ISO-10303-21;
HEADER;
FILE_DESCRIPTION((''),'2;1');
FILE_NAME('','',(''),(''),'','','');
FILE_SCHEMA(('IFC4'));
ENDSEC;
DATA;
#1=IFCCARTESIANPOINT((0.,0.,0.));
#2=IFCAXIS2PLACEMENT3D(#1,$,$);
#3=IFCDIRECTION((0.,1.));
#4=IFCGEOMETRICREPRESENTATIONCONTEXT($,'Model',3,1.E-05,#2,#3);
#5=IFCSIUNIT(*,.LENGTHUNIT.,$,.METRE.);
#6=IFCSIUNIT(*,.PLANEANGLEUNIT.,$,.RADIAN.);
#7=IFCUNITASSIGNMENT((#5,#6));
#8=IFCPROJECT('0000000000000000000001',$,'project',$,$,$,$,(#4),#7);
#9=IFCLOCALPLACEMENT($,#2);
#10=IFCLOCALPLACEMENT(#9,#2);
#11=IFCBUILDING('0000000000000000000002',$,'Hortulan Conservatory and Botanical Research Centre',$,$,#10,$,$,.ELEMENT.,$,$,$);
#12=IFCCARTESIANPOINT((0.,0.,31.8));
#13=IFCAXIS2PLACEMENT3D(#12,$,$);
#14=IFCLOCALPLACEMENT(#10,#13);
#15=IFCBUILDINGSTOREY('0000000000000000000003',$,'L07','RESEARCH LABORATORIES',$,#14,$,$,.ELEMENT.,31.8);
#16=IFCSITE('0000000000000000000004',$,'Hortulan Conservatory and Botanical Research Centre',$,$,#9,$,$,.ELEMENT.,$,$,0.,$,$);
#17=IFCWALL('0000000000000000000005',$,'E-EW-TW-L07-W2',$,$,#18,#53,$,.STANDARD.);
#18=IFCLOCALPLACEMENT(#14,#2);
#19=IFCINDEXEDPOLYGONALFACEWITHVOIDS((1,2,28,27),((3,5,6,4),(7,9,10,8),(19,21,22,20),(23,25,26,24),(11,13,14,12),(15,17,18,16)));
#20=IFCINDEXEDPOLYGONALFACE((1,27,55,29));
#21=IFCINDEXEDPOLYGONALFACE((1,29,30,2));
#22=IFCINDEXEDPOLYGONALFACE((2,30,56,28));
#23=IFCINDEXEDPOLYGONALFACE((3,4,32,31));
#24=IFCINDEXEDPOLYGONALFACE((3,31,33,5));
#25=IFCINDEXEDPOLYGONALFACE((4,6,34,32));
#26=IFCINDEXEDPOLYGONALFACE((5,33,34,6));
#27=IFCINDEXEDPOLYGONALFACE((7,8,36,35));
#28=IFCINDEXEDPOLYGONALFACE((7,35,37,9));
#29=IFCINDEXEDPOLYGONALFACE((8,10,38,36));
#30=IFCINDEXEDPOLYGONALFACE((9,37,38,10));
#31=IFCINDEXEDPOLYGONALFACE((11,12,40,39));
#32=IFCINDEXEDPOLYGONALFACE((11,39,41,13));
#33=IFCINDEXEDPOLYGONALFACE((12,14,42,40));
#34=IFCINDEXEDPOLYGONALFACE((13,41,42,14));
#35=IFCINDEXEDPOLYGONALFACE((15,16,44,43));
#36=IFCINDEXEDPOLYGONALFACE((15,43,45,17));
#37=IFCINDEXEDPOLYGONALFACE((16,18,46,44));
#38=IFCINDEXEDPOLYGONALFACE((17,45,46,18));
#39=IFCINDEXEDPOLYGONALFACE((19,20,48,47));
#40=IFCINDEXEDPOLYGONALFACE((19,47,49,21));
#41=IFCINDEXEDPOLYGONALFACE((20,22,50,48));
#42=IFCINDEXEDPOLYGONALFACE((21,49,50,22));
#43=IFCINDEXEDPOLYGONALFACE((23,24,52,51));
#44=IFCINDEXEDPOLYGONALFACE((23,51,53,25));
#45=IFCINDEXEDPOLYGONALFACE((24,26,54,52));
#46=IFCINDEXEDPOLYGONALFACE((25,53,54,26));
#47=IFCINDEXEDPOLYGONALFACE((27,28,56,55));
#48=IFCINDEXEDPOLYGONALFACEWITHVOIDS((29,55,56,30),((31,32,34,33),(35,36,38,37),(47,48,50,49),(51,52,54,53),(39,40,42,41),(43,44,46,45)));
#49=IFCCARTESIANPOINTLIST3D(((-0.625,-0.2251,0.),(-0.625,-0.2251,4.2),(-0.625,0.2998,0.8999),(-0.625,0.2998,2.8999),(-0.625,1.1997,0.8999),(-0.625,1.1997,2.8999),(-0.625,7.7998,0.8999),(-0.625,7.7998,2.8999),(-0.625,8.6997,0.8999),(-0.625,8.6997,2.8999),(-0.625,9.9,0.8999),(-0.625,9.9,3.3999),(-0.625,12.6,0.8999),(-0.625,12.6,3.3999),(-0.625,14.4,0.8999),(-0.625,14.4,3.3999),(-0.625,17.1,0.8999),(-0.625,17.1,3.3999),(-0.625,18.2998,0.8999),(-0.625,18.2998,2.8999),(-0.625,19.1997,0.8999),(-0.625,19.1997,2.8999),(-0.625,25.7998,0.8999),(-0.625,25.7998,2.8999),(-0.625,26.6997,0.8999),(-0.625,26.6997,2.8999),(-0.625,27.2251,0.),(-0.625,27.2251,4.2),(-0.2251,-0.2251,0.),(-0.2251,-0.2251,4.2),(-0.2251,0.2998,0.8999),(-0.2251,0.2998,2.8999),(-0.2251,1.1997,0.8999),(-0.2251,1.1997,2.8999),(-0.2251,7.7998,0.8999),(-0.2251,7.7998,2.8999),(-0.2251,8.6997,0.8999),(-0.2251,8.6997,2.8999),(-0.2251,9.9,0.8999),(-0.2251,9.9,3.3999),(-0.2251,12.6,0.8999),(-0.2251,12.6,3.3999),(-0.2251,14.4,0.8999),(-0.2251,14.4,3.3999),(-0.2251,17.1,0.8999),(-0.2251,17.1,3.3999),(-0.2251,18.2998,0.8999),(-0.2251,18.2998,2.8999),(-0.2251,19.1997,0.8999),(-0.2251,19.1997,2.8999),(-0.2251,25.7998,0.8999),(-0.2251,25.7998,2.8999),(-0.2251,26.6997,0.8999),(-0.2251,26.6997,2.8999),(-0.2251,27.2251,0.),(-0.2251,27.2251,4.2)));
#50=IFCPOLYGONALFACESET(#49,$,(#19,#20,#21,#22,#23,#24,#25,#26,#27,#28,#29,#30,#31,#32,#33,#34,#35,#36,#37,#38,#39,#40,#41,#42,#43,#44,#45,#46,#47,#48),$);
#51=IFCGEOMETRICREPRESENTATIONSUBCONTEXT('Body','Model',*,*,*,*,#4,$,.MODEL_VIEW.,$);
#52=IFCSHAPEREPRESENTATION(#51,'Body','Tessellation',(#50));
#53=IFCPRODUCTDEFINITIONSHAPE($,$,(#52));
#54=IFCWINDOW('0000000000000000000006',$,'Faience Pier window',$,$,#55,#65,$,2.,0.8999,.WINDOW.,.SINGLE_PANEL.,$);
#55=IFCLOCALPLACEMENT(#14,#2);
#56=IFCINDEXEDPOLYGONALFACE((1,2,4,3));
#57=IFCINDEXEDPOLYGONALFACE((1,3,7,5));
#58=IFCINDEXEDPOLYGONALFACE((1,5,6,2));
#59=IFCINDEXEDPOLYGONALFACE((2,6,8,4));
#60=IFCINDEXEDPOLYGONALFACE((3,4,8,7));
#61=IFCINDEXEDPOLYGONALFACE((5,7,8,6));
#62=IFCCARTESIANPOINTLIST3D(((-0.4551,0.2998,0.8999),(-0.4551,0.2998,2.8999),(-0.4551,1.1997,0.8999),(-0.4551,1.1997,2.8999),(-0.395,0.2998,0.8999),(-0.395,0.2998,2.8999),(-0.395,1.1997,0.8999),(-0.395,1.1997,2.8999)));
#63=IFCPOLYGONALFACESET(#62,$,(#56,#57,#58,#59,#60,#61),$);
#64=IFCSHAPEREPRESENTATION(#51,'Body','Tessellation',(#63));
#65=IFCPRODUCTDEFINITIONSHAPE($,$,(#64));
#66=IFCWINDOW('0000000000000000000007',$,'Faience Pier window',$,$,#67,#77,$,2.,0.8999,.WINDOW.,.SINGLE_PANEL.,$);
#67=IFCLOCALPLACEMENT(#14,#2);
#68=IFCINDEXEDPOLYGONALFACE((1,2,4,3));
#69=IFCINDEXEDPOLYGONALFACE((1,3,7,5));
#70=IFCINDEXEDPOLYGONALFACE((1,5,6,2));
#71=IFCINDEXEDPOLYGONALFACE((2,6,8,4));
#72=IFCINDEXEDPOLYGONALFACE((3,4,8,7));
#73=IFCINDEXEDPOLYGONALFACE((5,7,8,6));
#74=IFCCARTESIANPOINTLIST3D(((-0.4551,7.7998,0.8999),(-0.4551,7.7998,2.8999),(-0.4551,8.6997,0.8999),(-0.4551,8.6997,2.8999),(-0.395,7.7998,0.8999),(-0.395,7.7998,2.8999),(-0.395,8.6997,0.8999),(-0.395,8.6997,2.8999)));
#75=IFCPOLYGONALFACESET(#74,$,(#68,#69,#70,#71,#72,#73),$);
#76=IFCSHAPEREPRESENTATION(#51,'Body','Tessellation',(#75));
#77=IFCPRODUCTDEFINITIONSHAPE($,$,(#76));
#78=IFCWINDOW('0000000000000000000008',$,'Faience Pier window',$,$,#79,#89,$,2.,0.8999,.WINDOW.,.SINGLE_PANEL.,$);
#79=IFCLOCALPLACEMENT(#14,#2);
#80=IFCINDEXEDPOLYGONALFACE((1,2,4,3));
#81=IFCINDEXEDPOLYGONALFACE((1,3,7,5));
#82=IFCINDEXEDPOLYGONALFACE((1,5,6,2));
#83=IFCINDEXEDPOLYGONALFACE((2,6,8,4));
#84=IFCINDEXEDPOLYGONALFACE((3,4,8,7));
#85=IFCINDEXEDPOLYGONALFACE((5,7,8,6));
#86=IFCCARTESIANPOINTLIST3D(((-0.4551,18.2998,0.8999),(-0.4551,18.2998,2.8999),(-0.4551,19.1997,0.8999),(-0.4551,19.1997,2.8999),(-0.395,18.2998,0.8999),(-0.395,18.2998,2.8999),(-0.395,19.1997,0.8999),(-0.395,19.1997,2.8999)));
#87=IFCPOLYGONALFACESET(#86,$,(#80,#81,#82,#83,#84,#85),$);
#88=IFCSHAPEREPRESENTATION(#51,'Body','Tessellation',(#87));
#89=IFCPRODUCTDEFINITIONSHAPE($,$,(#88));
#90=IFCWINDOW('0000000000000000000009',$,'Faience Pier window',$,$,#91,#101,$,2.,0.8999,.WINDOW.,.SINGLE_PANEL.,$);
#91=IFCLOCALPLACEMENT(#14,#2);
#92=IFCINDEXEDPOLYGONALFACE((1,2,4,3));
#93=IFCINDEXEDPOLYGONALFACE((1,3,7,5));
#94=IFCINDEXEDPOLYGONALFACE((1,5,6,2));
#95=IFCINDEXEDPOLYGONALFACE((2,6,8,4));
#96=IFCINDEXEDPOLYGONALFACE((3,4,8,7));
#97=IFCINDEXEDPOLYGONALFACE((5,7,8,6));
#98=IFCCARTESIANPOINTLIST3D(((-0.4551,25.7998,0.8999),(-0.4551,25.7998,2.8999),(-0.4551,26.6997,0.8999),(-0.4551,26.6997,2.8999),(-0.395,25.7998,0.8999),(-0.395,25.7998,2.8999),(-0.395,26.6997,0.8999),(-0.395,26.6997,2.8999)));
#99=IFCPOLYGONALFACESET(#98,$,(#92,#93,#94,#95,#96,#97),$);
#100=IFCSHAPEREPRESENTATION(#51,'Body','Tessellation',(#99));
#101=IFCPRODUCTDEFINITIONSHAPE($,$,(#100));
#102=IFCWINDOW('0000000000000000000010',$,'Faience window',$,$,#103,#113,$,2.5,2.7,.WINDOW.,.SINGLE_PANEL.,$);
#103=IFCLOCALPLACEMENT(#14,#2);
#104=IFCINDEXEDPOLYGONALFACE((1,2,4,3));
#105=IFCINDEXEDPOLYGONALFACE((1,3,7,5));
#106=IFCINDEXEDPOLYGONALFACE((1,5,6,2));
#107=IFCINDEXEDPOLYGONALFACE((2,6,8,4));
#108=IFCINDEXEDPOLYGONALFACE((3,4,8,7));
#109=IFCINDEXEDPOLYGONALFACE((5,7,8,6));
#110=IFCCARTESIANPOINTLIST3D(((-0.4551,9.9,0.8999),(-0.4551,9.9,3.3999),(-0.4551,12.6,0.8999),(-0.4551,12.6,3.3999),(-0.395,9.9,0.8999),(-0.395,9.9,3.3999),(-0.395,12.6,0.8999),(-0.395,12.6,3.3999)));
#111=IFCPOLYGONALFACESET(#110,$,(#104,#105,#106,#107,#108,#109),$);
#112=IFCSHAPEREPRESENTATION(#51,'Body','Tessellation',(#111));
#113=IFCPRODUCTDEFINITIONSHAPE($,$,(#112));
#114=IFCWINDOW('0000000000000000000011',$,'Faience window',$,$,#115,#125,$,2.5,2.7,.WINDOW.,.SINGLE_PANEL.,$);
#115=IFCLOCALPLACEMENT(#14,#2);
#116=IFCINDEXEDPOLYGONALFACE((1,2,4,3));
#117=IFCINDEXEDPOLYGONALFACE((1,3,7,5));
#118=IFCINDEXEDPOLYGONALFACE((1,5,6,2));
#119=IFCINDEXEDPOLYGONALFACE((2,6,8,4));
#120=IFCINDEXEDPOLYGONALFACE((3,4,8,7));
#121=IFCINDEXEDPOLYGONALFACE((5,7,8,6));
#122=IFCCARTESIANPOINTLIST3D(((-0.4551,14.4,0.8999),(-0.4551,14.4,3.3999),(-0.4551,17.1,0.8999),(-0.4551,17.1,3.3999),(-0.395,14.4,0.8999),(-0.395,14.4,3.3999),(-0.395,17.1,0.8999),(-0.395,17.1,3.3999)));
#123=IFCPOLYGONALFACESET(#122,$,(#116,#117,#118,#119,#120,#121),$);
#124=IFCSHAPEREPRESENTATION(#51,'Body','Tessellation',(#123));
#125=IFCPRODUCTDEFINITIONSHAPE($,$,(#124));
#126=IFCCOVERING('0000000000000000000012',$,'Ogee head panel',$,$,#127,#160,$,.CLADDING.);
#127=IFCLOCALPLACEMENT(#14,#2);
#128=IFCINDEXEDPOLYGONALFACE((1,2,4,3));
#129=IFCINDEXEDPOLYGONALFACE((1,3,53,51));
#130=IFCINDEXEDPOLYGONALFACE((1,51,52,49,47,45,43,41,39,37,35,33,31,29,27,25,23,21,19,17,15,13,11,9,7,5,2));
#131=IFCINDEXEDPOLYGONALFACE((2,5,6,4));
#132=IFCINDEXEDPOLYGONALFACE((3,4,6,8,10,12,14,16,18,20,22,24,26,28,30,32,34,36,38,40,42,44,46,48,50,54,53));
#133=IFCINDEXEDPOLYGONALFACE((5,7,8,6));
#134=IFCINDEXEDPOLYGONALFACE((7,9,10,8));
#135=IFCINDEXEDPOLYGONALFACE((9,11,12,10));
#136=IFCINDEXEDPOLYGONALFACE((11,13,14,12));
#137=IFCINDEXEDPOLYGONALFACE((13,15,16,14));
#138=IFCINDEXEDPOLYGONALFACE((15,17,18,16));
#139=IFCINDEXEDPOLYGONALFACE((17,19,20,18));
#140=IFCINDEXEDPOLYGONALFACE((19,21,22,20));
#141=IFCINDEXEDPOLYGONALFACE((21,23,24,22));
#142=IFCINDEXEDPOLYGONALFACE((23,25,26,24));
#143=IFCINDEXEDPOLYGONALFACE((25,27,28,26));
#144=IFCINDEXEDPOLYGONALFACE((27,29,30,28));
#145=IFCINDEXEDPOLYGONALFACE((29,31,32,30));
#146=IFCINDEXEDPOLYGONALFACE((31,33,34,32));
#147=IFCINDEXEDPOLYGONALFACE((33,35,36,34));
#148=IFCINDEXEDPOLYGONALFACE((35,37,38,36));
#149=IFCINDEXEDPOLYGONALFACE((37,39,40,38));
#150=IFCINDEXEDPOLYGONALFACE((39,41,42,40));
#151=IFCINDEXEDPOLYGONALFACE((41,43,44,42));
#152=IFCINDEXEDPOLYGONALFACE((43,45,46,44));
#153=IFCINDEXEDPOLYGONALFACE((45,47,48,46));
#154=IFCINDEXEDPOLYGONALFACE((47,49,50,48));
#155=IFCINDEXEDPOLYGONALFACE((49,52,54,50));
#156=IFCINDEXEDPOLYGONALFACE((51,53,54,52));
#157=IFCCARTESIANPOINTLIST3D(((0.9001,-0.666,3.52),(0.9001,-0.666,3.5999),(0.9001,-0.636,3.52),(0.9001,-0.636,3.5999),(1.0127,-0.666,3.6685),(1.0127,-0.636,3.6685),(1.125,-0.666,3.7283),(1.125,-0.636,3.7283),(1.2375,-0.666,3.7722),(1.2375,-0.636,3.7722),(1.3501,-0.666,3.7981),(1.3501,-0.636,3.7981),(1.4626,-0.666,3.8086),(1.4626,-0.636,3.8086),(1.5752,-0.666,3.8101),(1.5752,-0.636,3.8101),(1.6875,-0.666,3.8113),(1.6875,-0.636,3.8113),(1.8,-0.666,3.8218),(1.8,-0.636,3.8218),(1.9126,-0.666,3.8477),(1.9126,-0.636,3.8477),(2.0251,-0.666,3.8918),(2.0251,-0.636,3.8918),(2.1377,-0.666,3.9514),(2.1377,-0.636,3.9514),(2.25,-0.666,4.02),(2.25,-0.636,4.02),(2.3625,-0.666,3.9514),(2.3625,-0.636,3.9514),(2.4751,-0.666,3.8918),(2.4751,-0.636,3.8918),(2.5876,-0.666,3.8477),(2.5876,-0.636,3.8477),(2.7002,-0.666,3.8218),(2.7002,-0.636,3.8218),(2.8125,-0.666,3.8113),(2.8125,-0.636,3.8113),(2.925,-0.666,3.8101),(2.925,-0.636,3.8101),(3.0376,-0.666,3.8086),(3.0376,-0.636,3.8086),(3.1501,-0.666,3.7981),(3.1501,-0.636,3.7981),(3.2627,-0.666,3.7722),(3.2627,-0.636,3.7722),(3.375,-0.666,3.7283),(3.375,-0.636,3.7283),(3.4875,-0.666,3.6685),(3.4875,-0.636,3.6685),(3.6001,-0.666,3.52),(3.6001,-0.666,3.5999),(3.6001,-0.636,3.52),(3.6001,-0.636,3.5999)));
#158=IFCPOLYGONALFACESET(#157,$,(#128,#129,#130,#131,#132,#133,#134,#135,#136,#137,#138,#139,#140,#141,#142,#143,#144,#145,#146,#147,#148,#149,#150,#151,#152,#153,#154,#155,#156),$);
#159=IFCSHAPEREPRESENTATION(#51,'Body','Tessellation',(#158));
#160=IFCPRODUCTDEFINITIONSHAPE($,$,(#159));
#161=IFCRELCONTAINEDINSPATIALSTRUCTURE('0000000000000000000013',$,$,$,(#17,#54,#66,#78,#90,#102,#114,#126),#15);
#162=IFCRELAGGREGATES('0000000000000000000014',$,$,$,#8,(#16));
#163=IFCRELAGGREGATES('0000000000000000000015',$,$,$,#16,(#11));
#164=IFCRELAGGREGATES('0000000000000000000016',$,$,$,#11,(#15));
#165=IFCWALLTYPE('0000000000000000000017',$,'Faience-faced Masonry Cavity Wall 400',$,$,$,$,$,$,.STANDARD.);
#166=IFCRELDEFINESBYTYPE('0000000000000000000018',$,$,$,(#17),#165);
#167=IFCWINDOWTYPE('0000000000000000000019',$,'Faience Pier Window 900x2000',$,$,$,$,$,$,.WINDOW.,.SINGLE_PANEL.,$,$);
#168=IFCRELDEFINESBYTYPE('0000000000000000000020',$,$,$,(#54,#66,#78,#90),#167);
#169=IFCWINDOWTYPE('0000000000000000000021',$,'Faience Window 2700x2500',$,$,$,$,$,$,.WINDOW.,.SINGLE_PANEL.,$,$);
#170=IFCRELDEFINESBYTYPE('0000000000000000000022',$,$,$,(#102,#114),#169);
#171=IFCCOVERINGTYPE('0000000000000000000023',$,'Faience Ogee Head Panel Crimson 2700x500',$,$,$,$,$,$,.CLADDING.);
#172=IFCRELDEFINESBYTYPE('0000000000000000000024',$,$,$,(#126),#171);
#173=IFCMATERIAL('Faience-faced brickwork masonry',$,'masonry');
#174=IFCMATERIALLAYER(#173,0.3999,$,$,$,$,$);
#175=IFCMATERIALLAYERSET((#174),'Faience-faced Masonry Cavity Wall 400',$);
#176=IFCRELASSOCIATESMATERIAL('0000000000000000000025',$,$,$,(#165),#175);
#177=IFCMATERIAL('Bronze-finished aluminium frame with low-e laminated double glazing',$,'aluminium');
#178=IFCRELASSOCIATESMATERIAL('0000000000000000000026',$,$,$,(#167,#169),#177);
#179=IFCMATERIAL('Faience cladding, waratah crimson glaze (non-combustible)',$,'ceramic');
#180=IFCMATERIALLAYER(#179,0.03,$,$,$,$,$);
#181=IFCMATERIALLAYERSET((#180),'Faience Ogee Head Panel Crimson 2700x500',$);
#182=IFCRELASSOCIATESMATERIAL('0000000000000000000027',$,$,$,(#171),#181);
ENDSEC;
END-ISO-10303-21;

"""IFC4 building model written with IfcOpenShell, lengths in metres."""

from ifc_helpers import new_model, si_unit, direction, frame, frame_2d, origin, place, context, subcontext, project, spatial, polyline, rectangle, outline, extrude, material, layer, layer_set, type_object, element, fill, save


model = new_model("IFC4")

# Units and contexts
model_context = context("Model", 3, precision=1e-05, world=origin(), true_north=direction((0.0, 1.0)))
body_context = subcontext(model_context, "Body", "Model", "MODEL_VIEW")
ifc_project = project(units=[si_unit("LENGTHUNIT", "METRE"), si_unit("PLANEANGLEUNIT", "RADIAN")], contexts=[model_context])

# Site, building, storey
site_placement = place(None, origin())
site = spatial("IfcSite", under=ifc_project, at=site_placement, Name="Hortulan Conservatory and Botanical Research Centre", CompositionType="ELEMENT", RefElevation=0.0)
building_placement = place(site_placement, origin())
building = spatial("IfcBuilding", under=site, at=building_placement, Name="Hortulan Conservatory and Botanical Research Centre", CompositionType="ELEMENT")
storey_placement = place(building_placement, frame((0.0, 0.0, 31.8)))
storey = spatial("IfcBuildingStorey", under=building, at=storey_placement, Name="L07", Description="RESEARCH LABORATORIES", CompositionType="ELEMENT", Elevation=31.8)

# Wall, openings, windows
ifc_material_1 = material(Name="Faience-faced brickwork masonry", Category="masonry")
ifc_layer_1 = layer(ifc_material_1, 0.3999)
ifc_layer_set_1 = layer_set([ifc_layer_1], Name="Faience-faced Masonry Cavity Wall 400")
wall_type = type_object("IfcWallType", Name="Faience-faced Masonry Cavity Wall 400", PredefinedType="STANDARD", material=ifc_layer_set_1)
wall_placement = place(storey_placement, frame((-0.425, -0.2251, 0.0), z_axis=(0.0, 0.0, 1.0), x_axis=(0.0, 1.0, 0.0)))
wall = element("IfcWall", 1, at=wall_placement, inside=storey, type_object=wall_type, Name="E-EW-TW-L07-W2", PredefinedType="STANDARD", context=body_context, shape_type="SweptSolid", body=[
    extrude(rectangle(XDim=27.4502, YDim=0.3999, at=frame_2d((13.7251, 0.0))), origin(), (0.0, 0.0, 1.0), 4.2),
])
opening_1_placement = place(wall_placement, frame((0.5249, 0.0, 0.8999)))
opening_1 = element("IfcOpeningElement", 2, at=opening_1_placement, cuts=wall, PredefinedType="OPENING", context=body_context, shape_type="SweptSolid", body=[
    extrude(rectangle(XDim=0.8999, YDim=2.0, at=frame_2d((0.45, 1.0))), frame((0.0, 0.21, 0.0), z_axis=(0.0, -1.0, 0.0), x_axis=(1.0, 0.0, 0.0)), (0.0, 0.0, 1.0), 0.4199),
])
opening_2_placement = place(wall_placement, frame((8.0249, 0.0, 0.8999)))
opening_2 = element("IfcOpeningElement", 3, at=opening_2_placement, cuts=wall, PredefinedType="OPENING", context=body_context, shape_type="SweptSolid", body=[
    extrude(rectangle(XDim=0.8999, YDim=2.0, at=frame_2d((0.45, 1.0))), frame((0.0, 0.21, 0.0), z_axis=(0.0, -1.0, 0.0), x_axis=(1.0, 0.0, 0.0)), (0.0, 0.0, 1.0), 0.4199),
])
opening_3_placement = place(wall_placement, frame((10.125, 0.0, 0.8999)))
opening_3 = element("IfcOpeningElement", 4, at=opening_3_placement, cuts=wall, PredefinedType="OPENING", context=body_context, shape_type="SweptSolid", body=[
    extrude(rectangle(XDim=2.7, YDim=2.5, at=frame_2d((1.3501, 1.25))), frame((0.0, 0.21, 0.0), z_axis=(0.0, -1.0, 0.0), x_axis=(1.0, 0.0, 0.0)), (0.0, 0.0, 1.0), 0.4199),
])
opening_4_placement = place(wall_placement, frame((14.625, 0.0, 0.8999)))
opening_4 = element("IfcOpeningElement", 5, at=opening_4_placement, cuts=wall, PredefinedType="OPENING", context=body_context, shape_type="SweptSolid", body=[
    extrude(rectangle(XDim=2.7, YDim=2.5, at=frame_2d((1.3501, 1.25))), frame((0.0, 0.21, 0.0), z_axis=(0.0, -1.0, 0.0), x_axis=(1.0, 0.0, 0.0)), (0.0, 0.0, 1.0), 0.4199),
])
opening_5_placement = place(wall_placement, frame((18.5249, 0.0, 0.8999)))
opening_5 = element("IfcOpeningElement", 6, at=opening_5_placement, cuts=wall, PredefinedType="OPENING", context=body_context, shape_type="SweptSolid", body=[
    extrude(rectangle(XDim=0.8999, YDim=2.0, at=frame_2d((0.45, 1.0))), frame((0.0, 0.21, 0.0), z_axis=(0.0, -1.0, 0.0), x_axis=(1.0, 0.0, 0.0)), (0.0, 0.0, 1.0), 0.4199),
])
opening_6_placement = place(wall_placement, frame((26.0249, 0.0, 0.8999)))
opening_6 = element("IfcOpeningElement", 7, at=opening_6_placement, cuts=wall, PredefinedType="OPENING", context=body_context, shape_type="SweptSolid", body=[
    extrude(rectangle(XDim=0.8999, YDim=2.0, at=frame_2d((0.45, 1.0))), frame((0.0, 0.21, 0.0), z_axis=(0.0, -1.0, 0.0), x_axis=(1.0, 0.0, 0.0)), (0.0, 0.0, 1.0), 0.4199),
])
ifc_material_2 = material(Name="Bronze-finished aluminium frame with low-e laminated double glazing", Category="aluminium")
window_type_1 = type_object("IfcWindowType", Name="Faience Pier Window 900x2000", PartitioningType="SINGLE_PANEL", PredefinedType="WINDOW", material=ifc_material_2)
window_1_placement = place(opening_1_placement, origin())
window_1 = element("IfcWindow", 8, at=window_1_placement, inside=storey, type_object=window_type_1, Name="Faience Pier window", OverallHeight=2.0, OverallWidth=0.8999, PartitioningType="SINGLE_PANEL", PredefinedType="WINDOW", context=body_context, shape_type="SweptSolid", body=[
    extrude(rectangle(XDim=0.8999, YDim=2.0, at=frame_2d((0.45, 1.0))), frame((0.0, 0.03, 0.0), z_axis=(0.0, -1.0, 0.0), x_axis=(1.0, 0.0, 0.0)), (0.0, 0.0, 1.0), 0.0601),
])
fill(opening_1, window_1)
window_2_placement = place(opening_2_placement, origin())
window_2 = element("IfcWindow", 9, at=window_2_placement, inside=storey, type_object=window_type_1, Name="Faience Pier window", OverallHeight=2.0, OverallWidth=0.8999, PartitioningType="SINGLE_PANEL", PredefinedType="WINDOW", context=body_context, shape_type="SweptSolid", body=[
    extrude(rectangle(XDim=0.8999, YDim=2.0, at=frame_2d((0.45, 1.0))), frame((0.0, 0.03, 0.0), z_axis=(0.0, -1.0, 0.0), x_axis=(1.0, 0.0, 0.0)), (0.0, 0.0, 1.0), 0.0601),
])
fill(opening_2, window_2)
window_3_placement = place(opening_5_placement, origin())
window_3 = element("IfcWindow", 10, at=window_3_placement, inside=storey, type_object=window_type_1, Name="Faience Pier window", OverallHeight=2.0, OverallWidth=0.8999, PartitioningType="SINGLE_PANEL", PredefinedType="WINDOW", context=body_context, shape_type="SweptSolid", body=[
    extrude(rectangle(XDim=0.8999, YDim=2.0, at=frame_2d((0.45, 1.0))), frame((0.0, 0.03, 0.0), z_axis=(0.0, -1.0, 0.0), x_axis=(1.0, 0.0, 0.0)), (0.0, 0.0, 1.0), 0.0601),
])
fill(opening_5, window_3)
window_4_placement = place(opening_6_placement, origin())
window_4 = element("IfcWindow", 11, at=window_4_placement, inside=storey, type_object=window_type_1, Name="Faience Pier window", OverallHeight=2.0, OverallWidth=0.8999, PartitioningType="SINGLE_PANEL", PredefinedType="WINDOW", context=body_context, shape_type="SweptSolid", body=[
    extrude(rectangle(XDim=0.8999, YDim=2.0, at=frame_2d((0.45, 1.0))), frame((0.0, 0.03, 0.0), z_axis=(0.0, -1.0, 0.0), x_axis=(1.0, 0.0, 0.0)), (0.0, 0.0, 1.0), 0.0601),
])
fill(opening_6, window_4)
window_type_2 = type_object("IfcWindowType", Name="Faience Window 2700x2500", PartitioningType="SINGLE_PANEL", PredefinedType="WINDOW", material=ifc_material_2)
window_5_placement = place(opening_3_placement, origin())
window_5 = element("IfcWindow", 12, at=window_5_placement, inside=storey, type_object=window_type_2, Name="Faience window", OverallHeight=2.5, OverallWidth=2.7, PartitioningType="SINGLE_PANEL", PredefinedType="WINDOW", context=body_context, shape_type="SweptSolid", body=[
    extrude(rectangle(XDim=2.7, YDim=2.5, at=frame_2d((1.3501, 1.25))), frame((0.0, 0.03, 0.0), z_axis=(0.0, -1.0, 0.0), x_axis=(1.0, 0.0, 0.0)), (0.0, 0.0, 1.0), 0.0601),
])
fill(opening_3, window_5)
window_6_placement = place(opening_4_placement, origin())
window_6 = element("IfcWindow", 13, at=window_6_placement, inside=storey, type_object=window_type_2, Name="Faience window", OverallHeight=2.5, OverallWidth=2.7, PartitioningType="SINGLE_PANEL", PredefinedType="WINDOW", context=body_context, shape_type="SweptSolid", body=[
    extrude(rectangle(XDim=2.7, YDim=2.5, at=frame_2d((1.3501, 1.25))), frame((0.0, 0.03, 0.0), z_axis=(0.0, -1.0, 0.0), x_axis=(1.0, 0.0, 0.0)), (0.0, 0.0, 1.0), 0.0601),
])
fill(opening_4, window_6)

# Covering
ifc_material_3 = material(Name="Faience cladding, waratah crimson glaze (non-combustible)", Category="ceramic")
ifc_layer_2 = layer(ifc_material_3, 0.03)
ifc_layer_set_2 = layer_set([ifc_layer_2], Name="Faience Ogee Head Panel Crimson 2700x500")
covering_type_1 = type_object("IfcCoveringType", Name="Faience Ogee Head Panel Crimson 2700x500", PredefinedType="CLADDING", material=ifc_layer_set_2)
covering_1_placement = place(storey_placement, frame((3.6001, -0.6509, 3.52), z_axis=(0.0, 0.0, 1.0), x_axis=(-1.0, 0.0, 0.0)))
element("IfcCovering", 14, at=covering_1_placement, inside=storey, type_object=covering_type_1, Name="Ogee head panel", PredefinedType="CLADDING", context=body_context, shape_type="SweptSolid", body=[
    extrude(outline(polyline([(0.0, 0.0), (2.7, 0.0), (2.7, 0.0798), (2.5874, 0.1484), (2.4751, 0.2083), (2.3625, 0.2522), (2.25, 0.2781), (2.1375, 0.2886), (2.0249, 0.29), (1.9126, 0.2913), (1.8, 0.3018), (1.6875, 0.3276), (1.575, 0.3718), (1.4624, 0.4314), (1.3501, 0.5), (1.2375, 0.4314), (1.125, 0.3718), (1.0125, 0.3276), (0.8999, 0.3018), (0.7876, 0.2913), (0.675, 0.29), (0.5625, 0.2886), (0.45, 0.2781), (0.3374, 0.2522), (0.2251, 0.2083), (0.1125, 0.1484), (0.0, 0.0798), (0.0, 0.0)])), frame((0.0, 0.0151, 0.0), z_axis=(0.0, -1.0, 0.0), x_axis=(1.0, 0.0, 0.0)), (0.0, 0.0, 1.0), 0.03),
])

save(model, "model.ifc")
